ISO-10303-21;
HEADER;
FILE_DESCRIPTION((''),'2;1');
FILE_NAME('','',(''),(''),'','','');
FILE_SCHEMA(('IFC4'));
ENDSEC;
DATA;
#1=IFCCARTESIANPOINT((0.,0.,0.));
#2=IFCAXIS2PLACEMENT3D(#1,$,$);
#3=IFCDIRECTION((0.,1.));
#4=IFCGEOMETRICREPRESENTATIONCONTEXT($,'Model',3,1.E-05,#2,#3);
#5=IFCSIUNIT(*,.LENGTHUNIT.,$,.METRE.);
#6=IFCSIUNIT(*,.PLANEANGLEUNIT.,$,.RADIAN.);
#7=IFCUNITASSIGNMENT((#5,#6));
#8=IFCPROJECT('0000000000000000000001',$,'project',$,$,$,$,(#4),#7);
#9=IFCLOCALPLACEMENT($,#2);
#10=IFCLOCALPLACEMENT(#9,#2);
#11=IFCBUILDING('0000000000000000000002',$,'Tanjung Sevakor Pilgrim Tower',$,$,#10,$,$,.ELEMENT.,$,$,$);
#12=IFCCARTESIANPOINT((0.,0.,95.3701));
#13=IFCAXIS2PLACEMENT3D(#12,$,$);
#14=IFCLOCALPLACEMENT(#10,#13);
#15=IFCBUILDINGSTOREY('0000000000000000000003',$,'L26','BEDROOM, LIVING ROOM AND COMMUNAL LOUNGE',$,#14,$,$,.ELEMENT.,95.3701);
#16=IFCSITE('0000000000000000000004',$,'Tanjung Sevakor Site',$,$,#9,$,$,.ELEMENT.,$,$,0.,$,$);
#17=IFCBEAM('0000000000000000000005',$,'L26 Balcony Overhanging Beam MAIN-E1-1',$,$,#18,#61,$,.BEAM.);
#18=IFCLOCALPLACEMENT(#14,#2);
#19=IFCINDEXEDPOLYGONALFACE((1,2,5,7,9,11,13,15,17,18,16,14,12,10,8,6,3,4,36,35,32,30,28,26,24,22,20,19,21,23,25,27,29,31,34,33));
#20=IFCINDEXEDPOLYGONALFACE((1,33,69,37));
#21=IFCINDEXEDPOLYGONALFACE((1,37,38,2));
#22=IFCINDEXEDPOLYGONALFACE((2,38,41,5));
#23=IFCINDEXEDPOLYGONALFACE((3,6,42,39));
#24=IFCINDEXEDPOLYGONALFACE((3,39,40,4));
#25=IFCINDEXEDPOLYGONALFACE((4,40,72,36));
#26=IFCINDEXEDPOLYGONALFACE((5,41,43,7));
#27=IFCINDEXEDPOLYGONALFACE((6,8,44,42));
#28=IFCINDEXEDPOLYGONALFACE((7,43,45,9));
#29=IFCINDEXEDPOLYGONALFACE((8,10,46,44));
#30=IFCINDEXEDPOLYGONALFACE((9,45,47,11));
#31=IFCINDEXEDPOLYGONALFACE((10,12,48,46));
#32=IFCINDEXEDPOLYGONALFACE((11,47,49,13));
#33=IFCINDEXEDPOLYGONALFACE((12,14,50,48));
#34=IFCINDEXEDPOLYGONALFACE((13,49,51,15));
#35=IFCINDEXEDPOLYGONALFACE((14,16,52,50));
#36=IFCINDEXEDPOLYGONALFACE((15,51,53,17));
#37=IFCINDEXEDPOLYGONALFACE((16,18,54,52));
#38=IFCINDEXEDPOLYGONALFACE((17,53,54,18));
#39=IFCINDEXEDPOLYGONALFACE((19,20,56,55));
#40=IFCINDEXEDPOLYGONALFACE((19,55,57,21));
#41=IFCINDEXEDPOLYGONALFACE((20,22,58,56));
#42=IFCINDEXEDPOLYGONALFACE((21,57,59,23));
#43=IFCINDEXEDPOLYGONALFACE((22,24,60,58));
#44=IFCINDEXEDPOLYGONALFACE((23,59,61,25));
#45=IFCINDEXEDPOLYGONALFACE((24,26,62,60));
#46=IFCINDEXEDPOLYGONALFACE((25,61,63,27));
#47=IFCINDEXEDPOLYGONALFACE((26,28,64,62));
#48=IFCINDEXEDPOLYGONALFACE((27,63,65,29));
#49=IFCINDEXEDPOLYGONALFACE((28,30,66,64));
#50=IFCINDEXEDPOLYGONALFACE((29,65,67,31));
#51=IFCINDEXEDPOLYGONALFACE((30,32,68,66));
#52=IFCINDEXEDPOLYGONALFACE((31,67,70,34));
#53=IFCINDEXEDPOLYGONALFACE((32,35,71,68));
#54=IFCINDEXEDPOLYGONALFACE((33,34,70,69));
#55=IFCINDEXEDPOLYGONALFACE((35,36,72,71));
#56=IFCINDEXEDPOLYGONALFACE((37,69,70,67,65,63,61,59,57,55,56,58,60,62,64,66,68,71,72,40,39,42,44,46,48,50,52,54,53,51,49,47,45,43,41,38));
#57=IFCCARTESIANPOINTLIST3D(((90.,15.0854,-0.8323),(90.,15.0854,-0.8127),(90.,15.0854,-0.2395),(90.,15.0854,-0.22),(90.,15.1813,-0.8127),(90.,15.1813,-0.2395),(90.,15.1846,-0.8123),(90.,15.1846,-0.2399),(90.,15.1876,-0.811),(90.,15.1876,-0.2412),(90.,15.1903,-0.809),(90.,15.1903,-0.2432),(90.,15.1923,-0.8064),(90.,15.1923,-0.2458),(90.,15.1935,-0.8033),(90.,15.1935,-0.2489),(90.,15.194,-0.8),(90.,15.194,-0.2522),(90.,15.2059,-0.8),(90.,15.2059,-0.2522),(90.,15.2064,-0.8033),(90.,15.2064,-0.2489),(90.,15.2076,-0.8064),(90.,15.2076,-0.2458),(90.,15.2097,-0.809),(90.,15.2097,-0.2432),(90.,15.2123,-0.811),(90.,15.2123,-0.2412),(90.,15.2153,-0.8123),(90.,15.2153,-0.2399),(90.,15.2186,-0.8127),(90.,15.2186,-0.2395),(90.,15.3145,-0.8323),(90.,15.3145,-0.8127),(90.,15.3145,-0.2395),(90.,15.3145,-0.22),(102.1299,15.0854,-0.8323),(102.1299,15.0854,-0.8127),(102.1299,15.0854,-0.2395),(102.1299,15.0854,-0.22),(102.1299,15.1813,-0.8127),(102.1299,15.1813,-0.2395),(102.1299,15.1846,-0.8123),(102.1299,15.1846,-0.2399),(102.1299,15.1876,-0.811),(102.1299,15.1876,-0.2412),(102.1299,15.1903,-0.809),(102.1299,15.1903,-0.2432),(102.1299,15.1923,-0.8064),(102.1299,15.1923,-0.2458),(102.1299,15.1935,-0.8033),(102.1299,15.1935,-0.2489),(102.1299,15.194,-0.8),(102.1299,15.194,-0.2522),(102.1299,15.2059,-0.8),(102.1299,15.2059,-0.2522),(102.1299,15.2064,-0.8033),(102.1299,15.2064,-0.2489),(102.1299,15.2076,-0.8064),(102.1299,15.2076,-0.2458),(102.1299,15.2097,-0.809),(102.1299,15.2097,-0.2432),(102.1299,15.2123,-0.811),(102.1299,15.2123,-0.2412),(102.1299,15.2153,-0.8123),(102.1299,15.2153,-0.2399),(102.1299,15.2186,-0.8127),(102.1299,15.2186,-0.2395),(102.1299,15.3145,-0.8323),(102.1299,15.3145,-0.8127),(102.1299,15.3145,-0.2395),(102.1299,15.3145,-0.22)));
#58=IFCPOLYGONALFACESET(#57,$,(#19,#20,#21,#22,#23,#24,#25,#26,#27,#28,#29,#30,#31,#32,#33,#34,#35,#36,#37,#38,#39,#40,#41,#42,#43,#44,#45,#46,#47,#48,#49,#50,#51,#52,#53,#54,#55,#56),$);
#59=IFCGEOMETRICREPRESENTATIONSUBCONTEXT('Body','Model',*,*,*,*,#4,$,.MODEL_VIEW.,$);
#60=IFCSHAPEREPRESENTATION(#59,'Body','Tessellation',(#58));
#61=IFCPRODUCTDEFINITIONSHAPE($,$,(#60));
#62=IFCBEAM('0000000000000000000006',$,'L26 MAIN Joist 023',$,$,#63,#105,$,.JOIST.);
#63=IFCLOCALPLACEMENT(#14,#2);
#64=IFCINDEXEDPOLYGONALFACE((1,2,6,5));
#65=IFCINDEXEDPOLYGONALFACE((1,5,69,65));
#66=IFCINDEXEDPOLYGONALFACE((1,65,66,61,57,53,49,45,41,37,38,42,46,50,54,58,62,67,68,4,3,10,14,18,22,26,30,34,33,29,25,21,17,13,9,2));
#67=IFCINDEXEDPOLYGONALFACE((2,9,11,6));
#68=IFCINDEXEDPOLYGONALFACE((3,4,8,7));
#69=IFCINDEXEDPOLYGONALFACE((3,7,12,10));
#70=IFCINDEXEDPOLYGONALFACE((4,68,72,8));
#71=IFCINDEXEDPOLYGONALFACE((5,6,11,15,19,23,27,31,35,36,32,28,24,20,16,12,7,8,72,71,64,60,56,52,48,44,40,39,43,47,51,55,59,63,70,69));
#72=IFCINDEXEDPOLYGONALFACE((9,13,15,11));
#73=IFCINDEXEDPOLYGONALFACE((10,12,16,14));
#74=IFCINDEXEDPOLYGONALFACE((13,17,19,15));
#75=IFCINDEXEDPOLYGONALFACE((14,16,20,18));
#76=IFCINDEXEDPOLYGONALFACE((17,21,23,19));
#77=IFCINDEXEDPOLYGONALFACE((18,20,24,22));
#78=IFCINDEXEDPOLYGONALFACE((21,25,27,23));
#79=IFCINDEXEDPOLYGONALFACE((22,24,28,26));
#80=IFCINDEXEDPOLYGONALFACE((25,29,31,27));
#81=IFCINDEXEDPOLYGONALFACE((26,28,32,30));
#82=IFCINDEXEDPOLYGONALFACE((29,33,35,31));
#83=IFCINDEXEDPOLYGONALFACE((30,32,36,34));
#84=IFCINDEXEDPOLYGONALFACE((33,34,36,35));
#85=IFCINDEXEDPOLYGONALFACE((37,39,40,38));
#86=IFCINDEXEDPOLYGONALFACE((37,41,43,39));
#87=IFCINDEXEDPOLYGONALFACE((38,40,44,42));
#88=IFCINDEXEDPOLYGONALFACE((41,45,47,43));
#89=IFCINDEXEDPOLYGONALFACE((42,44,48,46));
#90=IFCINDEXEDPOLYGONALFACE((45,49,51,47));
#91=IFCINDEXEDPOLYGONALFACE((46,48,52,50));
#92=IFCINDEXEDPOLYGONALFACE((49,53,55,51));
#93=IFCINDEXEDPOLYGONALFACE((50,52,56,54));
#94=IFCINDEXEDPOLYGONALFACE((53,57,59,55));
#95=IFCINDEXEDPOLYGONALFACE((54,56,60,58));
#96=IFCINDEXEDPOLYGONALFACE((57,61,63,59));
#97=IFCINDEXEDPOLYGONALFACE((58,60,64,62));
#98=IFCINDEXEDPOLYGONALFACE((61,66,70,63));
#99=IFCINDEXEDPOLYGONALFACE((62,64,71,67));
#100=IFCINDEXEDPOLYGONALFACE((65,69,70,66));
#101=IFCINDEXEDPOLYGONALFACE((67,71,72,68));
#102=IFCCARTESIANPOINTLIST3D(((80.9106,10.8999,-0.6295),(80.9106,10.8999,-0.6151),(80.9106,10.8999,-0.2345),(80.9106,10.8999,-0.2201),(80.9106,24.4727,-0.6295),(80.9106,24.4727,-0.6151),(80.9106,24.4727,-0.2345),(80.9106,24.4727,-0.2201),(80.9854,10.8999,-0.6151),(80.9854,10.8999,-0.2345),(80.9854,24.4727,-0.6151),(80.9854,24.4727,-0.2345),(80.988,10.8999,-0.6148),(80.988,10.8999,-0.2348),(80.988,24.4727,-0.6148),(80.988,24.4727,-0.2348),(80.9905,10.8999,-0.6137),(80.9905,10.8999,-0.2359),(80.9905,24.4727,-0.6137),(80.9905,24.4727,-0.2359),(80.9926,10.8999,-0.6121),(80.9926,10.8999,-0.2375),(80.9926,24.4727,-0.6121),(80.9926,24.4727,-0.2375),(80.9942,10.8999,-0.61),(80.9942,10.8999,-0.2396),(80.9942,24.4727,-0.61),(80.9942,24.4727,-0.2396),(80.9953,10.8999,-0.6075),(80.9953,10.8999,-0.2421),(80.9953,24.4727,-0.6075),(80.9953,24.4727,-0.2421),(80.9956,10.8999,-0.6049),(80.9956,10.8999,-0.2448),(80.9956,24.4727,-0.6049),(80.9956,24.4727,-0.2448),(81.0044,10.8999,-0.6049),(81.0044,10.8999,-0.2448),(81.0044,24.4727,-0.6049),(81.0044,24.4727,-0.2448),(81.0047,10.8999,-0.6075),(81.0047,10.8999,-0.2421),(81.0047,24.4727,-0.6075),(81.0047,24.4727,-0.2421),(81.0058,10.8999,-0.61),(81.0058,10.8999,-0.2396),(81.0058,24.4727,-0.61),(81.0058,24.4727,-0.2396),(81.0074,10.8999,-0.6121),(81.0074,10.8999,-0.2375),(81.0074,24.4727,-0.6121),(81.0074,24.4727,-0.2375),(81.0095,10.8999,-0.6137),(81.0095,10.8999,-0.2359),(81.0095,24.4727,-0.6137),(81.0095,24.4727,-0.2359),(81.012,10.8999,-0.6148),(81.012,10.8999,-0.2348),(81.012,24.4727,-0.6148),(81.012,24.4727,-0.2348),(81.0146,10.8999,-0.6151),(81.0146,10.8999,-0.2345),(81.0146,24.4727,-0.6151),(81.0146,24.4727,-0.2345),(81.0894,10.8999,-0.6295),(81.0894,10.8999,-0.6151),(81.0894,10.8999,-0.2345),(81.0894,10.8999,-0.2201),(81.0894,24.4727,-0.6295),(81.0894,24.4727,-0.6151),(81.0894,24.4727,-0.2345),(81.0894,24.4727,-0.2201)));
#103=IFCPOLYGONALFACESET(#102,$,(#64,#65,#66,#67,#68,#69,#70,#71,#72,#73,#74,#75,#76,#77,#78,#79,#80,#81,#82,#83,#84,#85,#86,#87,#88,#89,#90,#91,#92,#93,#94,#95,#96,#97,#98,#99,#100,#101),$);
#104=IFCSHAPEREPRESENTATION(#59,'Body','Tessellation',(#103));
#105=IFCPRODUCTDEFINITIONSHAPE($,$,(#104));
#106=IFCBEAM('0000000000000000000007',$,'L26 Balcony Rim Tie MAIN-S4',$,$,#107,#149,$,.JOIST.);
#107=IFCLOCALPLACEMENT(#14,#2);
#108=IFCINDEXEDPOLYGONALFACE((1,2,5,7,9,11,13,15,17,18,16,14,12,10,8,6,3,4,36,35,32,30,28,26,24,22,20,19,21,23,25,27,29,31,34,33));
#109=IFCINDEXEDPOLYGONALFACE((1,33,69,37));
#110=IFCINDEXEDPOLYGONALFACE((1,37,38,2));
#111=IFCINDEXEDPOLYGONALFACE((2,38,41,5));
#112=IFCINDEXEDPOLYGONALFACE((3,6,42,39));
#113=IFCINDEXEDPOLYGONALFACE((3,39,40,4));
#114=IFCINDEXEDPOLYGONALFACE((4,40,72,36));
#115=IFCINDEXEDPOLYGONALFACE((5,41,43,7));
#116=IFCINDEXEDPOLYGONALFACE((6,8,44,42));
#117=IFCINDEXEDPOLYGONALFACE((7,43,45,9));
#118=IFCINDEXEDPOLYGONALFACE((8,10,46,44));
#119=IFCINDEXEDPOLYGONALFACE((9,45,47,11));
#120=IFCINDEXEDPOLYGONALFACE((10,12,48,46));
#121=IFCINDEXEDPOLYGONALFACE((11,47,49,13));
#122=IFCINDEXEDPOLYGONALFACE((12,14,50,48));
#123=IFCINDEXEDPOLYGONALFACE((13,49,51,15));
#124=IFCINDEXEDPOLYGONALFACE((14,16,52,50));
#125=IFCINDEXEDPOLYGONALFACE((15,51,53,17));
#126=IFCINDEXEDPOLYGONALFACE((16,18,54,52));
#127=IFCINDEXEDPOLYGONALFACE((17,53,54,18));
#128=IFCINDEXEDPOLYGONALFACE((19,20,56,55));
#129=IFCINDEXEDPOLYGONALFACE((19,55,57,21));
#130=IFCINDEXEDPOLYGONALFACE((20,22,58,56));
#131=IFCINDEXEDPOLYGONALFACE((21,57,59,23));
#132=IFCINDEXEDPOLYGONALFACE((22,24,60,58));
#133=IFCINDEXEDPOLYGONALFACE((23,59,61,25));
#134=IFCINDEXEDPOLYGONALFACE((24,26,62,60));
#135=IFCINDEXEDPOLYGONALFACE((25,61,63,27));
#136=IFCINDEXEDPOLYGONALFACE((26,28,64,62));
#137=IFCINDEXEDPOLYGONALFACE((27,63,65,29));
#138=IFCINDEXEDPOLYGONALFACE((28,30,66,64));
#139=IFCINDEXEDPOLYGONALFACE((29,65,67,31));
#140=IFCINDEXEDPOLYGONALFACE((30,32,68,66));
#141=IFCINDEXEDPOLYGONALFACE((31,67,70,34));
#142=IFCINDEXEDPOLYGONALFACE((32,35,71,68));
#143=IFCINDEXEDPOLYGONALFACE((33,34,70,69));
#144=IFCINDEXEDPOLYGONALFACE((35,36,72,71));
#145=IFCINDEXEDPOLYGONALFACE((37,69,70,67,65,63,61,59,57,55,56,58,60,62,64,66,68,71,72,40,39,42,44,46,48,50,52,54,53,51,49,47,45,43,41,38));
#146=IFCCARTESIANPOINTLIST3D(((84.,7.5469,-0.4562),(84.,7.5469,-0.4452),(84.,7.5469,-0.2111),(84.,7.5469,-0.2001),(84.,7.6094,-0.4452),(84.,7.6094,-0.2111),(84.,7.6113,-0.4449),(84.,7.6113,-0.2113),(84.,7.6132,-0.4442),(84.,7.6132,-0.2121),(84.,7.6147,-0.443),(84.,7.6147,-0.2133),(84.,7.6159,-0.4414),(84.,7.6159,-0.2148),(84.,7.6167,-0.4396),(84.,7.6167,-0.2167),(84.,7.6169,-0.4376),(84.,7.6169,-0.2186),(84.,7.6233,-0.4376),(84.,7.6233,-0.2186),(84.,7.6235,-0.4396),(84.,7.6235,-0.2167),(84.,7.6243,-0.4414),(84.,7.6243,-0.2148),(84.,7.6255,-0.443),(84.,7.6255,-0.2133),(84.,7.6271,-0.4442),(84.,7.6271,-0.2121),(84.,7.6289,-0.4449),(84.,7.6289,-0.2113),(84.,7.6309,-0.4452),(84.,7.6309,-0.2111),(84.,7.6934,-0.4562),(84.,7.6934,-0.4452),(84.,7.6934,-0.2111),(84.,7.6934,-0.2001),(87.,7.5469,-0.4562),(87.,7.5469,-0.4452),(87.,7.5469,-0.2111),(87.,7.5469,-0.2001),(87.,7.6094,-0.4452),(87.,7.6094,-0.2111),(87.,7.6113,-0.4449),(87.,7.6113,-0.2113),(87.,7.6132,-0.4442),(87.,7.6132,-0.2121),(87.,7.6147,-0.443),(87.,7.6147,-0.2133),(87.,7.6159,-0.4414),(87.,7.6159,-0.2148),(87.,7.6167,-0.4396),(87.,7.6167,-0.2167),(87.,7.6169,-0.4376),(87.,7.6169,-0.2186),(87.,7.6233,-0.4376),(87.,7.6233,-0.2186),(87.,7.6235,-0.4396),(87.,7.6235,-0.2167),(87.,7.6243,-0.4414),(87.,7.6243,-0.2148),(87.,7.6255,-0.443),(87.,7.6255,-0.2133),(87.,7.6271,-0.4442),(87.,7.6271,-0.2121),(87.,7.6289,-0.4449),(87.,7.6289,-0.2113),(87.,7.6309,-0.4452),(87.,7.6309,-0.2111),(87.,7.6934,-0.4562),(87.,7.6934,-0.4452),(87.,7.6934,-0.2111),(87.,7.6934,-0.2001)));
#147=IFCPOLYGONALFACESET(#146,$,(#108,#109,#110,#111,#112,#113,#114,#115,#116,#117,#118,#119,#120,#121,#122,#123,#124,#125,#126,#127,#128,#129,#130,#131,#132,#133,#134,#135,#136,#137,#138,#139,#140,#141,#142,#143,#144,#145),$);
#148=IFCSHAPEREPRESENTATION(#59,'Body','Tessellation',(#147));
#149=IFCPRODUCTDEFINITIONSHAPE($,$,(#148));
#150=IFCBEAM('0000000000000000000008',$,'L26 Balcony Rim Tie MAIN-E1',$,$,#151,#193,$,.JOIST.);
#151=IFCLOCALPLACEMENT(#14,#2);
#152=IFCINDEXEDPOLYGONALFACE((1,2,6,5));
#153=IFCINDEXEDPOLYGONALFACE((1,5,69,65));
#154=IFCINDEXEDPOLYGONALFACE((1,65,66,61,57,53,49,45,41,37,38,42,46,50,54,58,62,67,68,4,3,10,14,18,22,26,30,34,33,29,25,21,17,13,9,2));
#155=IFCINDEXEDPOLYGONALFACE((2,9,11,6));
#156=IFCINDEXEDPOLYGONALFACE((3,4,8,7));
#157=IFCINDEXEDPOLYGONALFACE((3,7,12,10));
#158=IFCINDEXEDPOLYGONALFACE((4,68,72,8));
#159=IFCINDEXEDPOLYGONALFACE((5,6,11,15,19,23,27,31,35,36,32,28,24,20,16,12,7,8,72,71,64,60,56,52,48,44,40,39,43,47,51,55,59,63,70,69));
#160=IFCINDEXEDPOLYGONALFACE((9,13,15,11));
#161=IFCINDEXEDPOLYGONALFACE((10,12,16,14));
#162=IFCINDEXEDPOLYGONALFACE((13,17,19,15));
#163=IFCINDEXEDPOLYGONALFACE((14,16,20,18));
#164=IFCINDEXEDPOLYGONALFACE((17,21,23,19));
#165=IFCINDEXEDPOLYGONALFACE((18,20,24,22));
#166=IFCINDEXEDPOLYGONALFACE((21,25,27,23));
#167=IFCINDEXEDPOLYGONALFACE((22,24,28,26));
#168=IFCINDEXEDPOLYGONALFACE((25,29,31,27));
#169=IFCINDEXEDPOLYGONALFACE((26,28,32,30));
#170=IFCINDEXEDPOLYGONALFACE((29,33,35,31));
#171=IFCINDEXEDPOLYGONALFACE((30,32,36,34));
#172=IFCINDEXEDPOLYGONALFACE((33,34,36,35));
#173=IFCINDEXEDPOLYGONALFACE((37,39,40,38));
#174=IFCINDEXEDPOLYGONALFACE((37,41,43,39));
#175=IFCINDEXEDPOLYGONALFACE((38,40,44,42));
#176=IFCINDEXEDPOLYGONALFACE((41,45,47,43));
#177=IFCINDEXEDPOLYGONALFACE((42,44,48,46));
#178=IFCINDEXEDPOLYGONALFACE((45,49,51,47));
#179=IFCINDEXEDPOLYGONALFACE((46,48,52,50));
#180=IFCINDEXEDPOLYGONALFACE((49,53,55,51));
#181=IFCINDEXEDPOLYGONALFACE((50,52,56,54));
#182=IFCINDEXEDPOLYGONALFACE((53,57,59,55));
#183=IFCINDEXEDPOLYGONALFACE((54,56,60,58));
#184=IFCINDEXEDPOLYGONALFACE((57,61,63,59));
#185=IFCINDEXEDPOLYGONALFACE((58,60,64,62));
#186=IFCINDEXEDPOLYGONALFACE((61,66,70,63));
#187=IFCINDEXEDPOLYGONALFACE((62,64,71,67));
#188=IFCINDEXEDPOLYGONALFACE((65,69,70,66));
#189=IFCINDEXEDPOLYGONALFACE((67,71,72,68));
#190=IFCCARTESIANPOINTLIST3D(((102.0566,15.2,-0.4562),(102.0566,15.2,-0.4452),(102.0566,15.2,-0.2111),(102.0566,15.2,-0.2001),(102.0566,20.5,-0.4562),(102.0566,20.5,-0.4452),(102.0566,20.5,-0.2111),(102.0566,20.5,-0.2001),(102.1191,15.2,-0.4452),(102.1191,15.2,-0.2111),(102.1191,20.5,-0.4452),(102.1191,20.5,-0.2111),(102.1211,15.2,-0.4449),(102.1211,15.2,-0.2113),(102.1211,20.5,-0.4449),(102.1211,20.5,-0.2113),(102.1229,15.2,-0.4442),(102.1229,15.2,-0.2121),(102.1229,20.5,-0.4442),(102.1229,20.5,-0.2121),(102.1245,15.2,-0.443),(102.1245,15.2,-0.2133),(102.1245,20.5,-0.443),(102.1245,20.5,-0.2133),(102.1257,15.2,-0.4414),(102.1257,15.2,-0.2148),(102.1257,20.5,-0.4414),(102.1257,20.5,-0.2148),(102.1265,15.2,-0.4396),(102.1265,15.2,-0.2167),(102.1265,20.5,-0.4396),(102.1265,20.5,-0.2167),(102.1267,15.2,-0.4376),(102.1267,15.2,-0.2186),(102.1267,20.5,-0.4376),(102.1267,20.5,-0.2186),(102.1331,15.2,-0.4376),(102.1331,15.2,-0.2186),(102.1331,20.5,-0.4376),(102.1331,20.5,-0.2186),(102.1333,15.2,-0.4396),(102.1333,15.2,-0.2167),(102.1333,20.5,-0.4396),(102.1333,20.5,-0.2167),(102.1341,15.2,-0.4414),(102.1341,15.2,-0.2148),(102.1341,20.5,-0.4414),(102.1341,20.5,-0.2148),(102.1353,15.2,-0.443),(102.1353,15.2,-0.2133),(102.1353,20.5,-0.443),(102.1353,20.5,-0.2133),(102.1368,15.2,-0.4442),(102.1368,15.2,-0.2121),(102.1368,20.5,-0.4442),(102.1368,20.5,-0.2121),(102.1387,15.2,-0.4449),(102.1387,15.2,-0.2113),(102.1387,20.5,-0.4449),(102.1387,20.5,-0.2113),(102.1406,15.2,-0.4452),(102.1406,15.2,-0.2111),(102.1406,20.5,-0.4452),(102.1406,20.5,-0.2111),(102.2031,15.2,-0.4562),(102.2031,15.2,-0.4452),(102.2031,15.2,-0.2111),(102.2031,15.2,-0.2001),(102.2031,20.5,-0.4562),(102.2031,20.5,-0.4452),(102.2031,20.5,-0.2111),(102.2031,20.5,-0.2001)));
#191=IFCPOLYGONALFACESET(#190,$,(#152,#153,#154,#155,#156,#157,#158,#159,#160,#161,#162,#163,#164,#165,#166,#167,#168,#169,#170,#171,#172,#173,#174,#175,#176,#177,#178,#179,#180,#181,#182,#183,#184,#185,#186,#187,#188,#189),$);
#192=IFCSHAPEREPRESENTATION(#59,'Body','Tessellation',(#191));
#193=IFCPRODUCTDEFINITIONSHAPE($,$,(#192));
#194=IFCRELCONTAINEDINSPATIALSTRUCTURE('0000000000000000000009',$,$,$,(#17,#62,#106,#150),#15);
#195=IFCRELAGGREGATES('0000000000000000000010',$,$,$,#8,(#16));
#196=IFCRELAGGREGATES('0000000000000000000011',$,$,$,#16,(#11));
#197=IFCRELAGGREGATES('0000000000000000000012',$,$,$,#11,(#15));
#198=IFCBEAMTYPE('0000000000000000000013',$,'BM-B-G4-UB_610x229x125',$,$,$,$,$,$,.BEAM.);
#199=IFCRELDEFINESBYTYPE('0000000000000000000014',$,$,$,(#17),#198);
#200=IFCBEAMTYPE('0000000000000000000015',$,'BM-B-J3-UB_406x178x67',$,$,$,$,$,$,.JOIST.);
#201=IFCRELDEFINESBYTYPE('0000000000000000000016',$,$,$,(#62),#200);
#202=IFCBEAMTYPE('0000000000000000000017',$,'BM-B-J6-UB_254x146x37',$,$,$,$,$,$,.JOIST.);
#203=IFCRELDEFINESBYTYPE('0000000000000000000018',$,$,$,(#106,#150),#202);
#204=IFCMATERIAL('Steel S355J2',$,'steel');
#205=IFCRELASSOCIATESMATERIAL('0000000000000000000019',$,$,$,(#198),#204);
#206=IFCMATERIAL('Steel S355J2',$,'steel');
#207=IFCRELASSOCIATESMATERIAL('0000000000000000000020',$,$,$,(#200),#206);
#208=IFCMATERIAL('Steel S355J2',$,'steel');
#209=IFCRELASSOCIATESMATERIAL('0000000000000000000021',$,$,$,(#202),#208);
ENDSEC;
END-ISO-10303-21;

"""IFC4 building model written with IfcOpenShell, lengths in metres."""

from ifc_helpers import new_model, si_unit, direction, frame, origin, origin_2d, place, context, subcontext, project, spatial, i_section, extrude, material, material_profile, profile_set, type_object, element, save


model = new_model("IFC4")

# Units and contexts
model_context = context("Model", 3, precision=1e-05, world=origin(), true_north=direction((0.0, 1.0)))
body_context = subcontext(model_context, "Body", "Model", "MODEL_VIEW")
ifc_project = project(units=[si_unit("LENGTHUNIT", "METRE"), si_unit("PLANEANGLEUNIT", "RADIAN")], contexts=[model_context])

# Site, building, storey
site_placement = place(None, origin())
site = spatial("IfcSite", under=ifc_project, at=site_placement, Name="Tanjung Sevakor Site", CompositionType="ELEMENT", RefElevation=0.0)
building_placement = place(site_placement, origin())
building = spatial("IfcBuilding", under=site, at=building_placement, Name="Tanjung Sevakor Pilgrim Tower", CompositionType="ELEMENT")
storey_placement = place(building_placement, frame((0.0, 0.0, 95.3701)))
storey = spatial("IfcBuildingStorey", under=building, at=storey_placement, Name="L26", Description="BEDROOM, LIVING ROOM AND COMMUNAL LOUNGE", CompositionType="ELEMENT", Elevation=95.3701)

# Beams
ifc_material_1 = material(Name="Steel S355J2", Category="steel")
ifc_material_profile_1 = material_profile(ifc_material_1, i_section(OverallWidth=0.229, OverallDepth=0.6123, WebThickness=0.012, FlangeThickness=0.0195, FilletRadius=0.0127, at=origin_2d()))
ifc_profile_set_1 = profile_set([ifc_material_profile_1], Name="Steel S355J2")
beam_type_1 = type_object("IfcBeamType", Name="BM-B-G4-UB_610x229x125", PredefinedType="BEAM", material=ifc_profile_set_1)
beam_1_placement = place(storey_placement, frame((90.0, 15.2, -0.5261), z_axis=(1.0, 0.0, 0.0), x_axis=(0.0, 1.0, 0.0)))
element("IfcBeam", 1, at=beam_1_placement, inside=storey, type_object=beam_type_1, Name="L26 Balcony Overhanging Beam MAIN-E1-1", PredefinedType="BEAM", context=body_context, shape_type="SweptSolid", body=[
    extrude(i_section(OverallWidth=0.229, OverallDepth=0.6123, WebThickness=0.012, FlangeThickness=0.0195, FilletRadius=0.0127, at=origin_2d()), origin(), (0.0, 0.0, 1.0), 12.1299),
])
ifc_material_2 = material(Name="Steel S355J2", Category="steel")
ifc_material_profile_2 = material_profile(ifc_material_2, i_section(OverallWidth=0.1787, OverallDepth=0.4094, WebThickness=0.0088, FlangeThickness=0.0144, FilletRadius=0.0103, at=origin_2d()))
ifc_profile_set_2 = profile_set([ifc_material_profile_2], Name="Steel S355J2")
beam_type_2 = type_object("IfcBeamType", Name="BM-B-J3-UB_406x178x67", PredefinedType="JOIST", material=ifc_profile_set_2)
beam_2_placement = place(storey_placement, frame((81.0, 10.8999, -0.4248), z_axis=(0.0, 1.0, 0.0), x_axis=(-1.0, 0.0, 0.0)))
element("IfcBeam", 2, at=beam_2_placement, inside=storey, type_object=beam_type_2, Name="L26 MAIN Joist 023", PredefinedType="JOIST", context=body_context, shape_type="SweptSolid", body=[
    extrude(i_section(OverallWidth=0.1787, OverallDepth=0.4094, WebThickness=0.0088, FlangeThickness=0.0144, FilletRadius=0.0103, at=origin_2d()), origin(), (0.0, 0.0, 1.0), 13.5728),
])
ifc_material_3 = material(Name="Steel S355J2", Category="steel")
ifc_material_profile_3 = material_profile(ifc_material_3, i_section(OverallWidth=0.1465, OverallDepth=0.2561, WebThickness=0.0063, FlangeThickness=0.011, FilletRadius=0.0076, at=origin_2d()))
ifc_profile_set_3 = profile_set([ifc_material_profile_3], Name="Steel S355J2")
beam_type_3 = type_object("IfcBeamType", Name="BM-B-J6-UB_254x146x37", PredefinedType="JOIST", material=ifc_profile_set_3)
beam_3_placement = place(storey_placement, frame((84.0, 7.6201, -0.3281), z_axis=(1.0, 0.0, 0.0), x_axis=(0.0, 1.0, 0.0)))
element("IfcBeam", 3, at=beam_3_placement, inside=storey, type_object=beam_type_3, Name="L26 Balcony Rim Tie MAIN-S4", PredefinedType="JOIST", context=body_context, shape_type="SweptSolid", body=[
    extrude(i_section(OverallWidth=0.1465, OverallDepth=0.2561, WebThickness=0.0063, FlangeThickness=0.011, FilletRadius=0.0076, at=origin_2d()), origin(), (0.0, 0.0, 1.0), 3.0),
])
beam_4_placement = place(storey_placement, frame((102.1299, 15.2, -0.3281), z_axis=(0.0, 1.0, 0.0), x_axis=(-1.0, 0.0, 0.0)))
element("IfcBeam", 4, at=beam_4_placement, inside=storey, type_object=beam_type_3, Name="L26 Balcony Rim Tie MAIN-E1", PredefinedType="JOIST", context=body_context, shape_type="SweptSolid", body=[
    extrude(i_section(OverallWidth=0.1465, OverallDepth=0.2561, WebThickness=0.0063, FlangeThickness=0.011, FilletRadius=0.0076, at=origin_2d()), origin(), (0.0, 0.0, 1.0), 5.3),
])

save(model, "model.ifc")
